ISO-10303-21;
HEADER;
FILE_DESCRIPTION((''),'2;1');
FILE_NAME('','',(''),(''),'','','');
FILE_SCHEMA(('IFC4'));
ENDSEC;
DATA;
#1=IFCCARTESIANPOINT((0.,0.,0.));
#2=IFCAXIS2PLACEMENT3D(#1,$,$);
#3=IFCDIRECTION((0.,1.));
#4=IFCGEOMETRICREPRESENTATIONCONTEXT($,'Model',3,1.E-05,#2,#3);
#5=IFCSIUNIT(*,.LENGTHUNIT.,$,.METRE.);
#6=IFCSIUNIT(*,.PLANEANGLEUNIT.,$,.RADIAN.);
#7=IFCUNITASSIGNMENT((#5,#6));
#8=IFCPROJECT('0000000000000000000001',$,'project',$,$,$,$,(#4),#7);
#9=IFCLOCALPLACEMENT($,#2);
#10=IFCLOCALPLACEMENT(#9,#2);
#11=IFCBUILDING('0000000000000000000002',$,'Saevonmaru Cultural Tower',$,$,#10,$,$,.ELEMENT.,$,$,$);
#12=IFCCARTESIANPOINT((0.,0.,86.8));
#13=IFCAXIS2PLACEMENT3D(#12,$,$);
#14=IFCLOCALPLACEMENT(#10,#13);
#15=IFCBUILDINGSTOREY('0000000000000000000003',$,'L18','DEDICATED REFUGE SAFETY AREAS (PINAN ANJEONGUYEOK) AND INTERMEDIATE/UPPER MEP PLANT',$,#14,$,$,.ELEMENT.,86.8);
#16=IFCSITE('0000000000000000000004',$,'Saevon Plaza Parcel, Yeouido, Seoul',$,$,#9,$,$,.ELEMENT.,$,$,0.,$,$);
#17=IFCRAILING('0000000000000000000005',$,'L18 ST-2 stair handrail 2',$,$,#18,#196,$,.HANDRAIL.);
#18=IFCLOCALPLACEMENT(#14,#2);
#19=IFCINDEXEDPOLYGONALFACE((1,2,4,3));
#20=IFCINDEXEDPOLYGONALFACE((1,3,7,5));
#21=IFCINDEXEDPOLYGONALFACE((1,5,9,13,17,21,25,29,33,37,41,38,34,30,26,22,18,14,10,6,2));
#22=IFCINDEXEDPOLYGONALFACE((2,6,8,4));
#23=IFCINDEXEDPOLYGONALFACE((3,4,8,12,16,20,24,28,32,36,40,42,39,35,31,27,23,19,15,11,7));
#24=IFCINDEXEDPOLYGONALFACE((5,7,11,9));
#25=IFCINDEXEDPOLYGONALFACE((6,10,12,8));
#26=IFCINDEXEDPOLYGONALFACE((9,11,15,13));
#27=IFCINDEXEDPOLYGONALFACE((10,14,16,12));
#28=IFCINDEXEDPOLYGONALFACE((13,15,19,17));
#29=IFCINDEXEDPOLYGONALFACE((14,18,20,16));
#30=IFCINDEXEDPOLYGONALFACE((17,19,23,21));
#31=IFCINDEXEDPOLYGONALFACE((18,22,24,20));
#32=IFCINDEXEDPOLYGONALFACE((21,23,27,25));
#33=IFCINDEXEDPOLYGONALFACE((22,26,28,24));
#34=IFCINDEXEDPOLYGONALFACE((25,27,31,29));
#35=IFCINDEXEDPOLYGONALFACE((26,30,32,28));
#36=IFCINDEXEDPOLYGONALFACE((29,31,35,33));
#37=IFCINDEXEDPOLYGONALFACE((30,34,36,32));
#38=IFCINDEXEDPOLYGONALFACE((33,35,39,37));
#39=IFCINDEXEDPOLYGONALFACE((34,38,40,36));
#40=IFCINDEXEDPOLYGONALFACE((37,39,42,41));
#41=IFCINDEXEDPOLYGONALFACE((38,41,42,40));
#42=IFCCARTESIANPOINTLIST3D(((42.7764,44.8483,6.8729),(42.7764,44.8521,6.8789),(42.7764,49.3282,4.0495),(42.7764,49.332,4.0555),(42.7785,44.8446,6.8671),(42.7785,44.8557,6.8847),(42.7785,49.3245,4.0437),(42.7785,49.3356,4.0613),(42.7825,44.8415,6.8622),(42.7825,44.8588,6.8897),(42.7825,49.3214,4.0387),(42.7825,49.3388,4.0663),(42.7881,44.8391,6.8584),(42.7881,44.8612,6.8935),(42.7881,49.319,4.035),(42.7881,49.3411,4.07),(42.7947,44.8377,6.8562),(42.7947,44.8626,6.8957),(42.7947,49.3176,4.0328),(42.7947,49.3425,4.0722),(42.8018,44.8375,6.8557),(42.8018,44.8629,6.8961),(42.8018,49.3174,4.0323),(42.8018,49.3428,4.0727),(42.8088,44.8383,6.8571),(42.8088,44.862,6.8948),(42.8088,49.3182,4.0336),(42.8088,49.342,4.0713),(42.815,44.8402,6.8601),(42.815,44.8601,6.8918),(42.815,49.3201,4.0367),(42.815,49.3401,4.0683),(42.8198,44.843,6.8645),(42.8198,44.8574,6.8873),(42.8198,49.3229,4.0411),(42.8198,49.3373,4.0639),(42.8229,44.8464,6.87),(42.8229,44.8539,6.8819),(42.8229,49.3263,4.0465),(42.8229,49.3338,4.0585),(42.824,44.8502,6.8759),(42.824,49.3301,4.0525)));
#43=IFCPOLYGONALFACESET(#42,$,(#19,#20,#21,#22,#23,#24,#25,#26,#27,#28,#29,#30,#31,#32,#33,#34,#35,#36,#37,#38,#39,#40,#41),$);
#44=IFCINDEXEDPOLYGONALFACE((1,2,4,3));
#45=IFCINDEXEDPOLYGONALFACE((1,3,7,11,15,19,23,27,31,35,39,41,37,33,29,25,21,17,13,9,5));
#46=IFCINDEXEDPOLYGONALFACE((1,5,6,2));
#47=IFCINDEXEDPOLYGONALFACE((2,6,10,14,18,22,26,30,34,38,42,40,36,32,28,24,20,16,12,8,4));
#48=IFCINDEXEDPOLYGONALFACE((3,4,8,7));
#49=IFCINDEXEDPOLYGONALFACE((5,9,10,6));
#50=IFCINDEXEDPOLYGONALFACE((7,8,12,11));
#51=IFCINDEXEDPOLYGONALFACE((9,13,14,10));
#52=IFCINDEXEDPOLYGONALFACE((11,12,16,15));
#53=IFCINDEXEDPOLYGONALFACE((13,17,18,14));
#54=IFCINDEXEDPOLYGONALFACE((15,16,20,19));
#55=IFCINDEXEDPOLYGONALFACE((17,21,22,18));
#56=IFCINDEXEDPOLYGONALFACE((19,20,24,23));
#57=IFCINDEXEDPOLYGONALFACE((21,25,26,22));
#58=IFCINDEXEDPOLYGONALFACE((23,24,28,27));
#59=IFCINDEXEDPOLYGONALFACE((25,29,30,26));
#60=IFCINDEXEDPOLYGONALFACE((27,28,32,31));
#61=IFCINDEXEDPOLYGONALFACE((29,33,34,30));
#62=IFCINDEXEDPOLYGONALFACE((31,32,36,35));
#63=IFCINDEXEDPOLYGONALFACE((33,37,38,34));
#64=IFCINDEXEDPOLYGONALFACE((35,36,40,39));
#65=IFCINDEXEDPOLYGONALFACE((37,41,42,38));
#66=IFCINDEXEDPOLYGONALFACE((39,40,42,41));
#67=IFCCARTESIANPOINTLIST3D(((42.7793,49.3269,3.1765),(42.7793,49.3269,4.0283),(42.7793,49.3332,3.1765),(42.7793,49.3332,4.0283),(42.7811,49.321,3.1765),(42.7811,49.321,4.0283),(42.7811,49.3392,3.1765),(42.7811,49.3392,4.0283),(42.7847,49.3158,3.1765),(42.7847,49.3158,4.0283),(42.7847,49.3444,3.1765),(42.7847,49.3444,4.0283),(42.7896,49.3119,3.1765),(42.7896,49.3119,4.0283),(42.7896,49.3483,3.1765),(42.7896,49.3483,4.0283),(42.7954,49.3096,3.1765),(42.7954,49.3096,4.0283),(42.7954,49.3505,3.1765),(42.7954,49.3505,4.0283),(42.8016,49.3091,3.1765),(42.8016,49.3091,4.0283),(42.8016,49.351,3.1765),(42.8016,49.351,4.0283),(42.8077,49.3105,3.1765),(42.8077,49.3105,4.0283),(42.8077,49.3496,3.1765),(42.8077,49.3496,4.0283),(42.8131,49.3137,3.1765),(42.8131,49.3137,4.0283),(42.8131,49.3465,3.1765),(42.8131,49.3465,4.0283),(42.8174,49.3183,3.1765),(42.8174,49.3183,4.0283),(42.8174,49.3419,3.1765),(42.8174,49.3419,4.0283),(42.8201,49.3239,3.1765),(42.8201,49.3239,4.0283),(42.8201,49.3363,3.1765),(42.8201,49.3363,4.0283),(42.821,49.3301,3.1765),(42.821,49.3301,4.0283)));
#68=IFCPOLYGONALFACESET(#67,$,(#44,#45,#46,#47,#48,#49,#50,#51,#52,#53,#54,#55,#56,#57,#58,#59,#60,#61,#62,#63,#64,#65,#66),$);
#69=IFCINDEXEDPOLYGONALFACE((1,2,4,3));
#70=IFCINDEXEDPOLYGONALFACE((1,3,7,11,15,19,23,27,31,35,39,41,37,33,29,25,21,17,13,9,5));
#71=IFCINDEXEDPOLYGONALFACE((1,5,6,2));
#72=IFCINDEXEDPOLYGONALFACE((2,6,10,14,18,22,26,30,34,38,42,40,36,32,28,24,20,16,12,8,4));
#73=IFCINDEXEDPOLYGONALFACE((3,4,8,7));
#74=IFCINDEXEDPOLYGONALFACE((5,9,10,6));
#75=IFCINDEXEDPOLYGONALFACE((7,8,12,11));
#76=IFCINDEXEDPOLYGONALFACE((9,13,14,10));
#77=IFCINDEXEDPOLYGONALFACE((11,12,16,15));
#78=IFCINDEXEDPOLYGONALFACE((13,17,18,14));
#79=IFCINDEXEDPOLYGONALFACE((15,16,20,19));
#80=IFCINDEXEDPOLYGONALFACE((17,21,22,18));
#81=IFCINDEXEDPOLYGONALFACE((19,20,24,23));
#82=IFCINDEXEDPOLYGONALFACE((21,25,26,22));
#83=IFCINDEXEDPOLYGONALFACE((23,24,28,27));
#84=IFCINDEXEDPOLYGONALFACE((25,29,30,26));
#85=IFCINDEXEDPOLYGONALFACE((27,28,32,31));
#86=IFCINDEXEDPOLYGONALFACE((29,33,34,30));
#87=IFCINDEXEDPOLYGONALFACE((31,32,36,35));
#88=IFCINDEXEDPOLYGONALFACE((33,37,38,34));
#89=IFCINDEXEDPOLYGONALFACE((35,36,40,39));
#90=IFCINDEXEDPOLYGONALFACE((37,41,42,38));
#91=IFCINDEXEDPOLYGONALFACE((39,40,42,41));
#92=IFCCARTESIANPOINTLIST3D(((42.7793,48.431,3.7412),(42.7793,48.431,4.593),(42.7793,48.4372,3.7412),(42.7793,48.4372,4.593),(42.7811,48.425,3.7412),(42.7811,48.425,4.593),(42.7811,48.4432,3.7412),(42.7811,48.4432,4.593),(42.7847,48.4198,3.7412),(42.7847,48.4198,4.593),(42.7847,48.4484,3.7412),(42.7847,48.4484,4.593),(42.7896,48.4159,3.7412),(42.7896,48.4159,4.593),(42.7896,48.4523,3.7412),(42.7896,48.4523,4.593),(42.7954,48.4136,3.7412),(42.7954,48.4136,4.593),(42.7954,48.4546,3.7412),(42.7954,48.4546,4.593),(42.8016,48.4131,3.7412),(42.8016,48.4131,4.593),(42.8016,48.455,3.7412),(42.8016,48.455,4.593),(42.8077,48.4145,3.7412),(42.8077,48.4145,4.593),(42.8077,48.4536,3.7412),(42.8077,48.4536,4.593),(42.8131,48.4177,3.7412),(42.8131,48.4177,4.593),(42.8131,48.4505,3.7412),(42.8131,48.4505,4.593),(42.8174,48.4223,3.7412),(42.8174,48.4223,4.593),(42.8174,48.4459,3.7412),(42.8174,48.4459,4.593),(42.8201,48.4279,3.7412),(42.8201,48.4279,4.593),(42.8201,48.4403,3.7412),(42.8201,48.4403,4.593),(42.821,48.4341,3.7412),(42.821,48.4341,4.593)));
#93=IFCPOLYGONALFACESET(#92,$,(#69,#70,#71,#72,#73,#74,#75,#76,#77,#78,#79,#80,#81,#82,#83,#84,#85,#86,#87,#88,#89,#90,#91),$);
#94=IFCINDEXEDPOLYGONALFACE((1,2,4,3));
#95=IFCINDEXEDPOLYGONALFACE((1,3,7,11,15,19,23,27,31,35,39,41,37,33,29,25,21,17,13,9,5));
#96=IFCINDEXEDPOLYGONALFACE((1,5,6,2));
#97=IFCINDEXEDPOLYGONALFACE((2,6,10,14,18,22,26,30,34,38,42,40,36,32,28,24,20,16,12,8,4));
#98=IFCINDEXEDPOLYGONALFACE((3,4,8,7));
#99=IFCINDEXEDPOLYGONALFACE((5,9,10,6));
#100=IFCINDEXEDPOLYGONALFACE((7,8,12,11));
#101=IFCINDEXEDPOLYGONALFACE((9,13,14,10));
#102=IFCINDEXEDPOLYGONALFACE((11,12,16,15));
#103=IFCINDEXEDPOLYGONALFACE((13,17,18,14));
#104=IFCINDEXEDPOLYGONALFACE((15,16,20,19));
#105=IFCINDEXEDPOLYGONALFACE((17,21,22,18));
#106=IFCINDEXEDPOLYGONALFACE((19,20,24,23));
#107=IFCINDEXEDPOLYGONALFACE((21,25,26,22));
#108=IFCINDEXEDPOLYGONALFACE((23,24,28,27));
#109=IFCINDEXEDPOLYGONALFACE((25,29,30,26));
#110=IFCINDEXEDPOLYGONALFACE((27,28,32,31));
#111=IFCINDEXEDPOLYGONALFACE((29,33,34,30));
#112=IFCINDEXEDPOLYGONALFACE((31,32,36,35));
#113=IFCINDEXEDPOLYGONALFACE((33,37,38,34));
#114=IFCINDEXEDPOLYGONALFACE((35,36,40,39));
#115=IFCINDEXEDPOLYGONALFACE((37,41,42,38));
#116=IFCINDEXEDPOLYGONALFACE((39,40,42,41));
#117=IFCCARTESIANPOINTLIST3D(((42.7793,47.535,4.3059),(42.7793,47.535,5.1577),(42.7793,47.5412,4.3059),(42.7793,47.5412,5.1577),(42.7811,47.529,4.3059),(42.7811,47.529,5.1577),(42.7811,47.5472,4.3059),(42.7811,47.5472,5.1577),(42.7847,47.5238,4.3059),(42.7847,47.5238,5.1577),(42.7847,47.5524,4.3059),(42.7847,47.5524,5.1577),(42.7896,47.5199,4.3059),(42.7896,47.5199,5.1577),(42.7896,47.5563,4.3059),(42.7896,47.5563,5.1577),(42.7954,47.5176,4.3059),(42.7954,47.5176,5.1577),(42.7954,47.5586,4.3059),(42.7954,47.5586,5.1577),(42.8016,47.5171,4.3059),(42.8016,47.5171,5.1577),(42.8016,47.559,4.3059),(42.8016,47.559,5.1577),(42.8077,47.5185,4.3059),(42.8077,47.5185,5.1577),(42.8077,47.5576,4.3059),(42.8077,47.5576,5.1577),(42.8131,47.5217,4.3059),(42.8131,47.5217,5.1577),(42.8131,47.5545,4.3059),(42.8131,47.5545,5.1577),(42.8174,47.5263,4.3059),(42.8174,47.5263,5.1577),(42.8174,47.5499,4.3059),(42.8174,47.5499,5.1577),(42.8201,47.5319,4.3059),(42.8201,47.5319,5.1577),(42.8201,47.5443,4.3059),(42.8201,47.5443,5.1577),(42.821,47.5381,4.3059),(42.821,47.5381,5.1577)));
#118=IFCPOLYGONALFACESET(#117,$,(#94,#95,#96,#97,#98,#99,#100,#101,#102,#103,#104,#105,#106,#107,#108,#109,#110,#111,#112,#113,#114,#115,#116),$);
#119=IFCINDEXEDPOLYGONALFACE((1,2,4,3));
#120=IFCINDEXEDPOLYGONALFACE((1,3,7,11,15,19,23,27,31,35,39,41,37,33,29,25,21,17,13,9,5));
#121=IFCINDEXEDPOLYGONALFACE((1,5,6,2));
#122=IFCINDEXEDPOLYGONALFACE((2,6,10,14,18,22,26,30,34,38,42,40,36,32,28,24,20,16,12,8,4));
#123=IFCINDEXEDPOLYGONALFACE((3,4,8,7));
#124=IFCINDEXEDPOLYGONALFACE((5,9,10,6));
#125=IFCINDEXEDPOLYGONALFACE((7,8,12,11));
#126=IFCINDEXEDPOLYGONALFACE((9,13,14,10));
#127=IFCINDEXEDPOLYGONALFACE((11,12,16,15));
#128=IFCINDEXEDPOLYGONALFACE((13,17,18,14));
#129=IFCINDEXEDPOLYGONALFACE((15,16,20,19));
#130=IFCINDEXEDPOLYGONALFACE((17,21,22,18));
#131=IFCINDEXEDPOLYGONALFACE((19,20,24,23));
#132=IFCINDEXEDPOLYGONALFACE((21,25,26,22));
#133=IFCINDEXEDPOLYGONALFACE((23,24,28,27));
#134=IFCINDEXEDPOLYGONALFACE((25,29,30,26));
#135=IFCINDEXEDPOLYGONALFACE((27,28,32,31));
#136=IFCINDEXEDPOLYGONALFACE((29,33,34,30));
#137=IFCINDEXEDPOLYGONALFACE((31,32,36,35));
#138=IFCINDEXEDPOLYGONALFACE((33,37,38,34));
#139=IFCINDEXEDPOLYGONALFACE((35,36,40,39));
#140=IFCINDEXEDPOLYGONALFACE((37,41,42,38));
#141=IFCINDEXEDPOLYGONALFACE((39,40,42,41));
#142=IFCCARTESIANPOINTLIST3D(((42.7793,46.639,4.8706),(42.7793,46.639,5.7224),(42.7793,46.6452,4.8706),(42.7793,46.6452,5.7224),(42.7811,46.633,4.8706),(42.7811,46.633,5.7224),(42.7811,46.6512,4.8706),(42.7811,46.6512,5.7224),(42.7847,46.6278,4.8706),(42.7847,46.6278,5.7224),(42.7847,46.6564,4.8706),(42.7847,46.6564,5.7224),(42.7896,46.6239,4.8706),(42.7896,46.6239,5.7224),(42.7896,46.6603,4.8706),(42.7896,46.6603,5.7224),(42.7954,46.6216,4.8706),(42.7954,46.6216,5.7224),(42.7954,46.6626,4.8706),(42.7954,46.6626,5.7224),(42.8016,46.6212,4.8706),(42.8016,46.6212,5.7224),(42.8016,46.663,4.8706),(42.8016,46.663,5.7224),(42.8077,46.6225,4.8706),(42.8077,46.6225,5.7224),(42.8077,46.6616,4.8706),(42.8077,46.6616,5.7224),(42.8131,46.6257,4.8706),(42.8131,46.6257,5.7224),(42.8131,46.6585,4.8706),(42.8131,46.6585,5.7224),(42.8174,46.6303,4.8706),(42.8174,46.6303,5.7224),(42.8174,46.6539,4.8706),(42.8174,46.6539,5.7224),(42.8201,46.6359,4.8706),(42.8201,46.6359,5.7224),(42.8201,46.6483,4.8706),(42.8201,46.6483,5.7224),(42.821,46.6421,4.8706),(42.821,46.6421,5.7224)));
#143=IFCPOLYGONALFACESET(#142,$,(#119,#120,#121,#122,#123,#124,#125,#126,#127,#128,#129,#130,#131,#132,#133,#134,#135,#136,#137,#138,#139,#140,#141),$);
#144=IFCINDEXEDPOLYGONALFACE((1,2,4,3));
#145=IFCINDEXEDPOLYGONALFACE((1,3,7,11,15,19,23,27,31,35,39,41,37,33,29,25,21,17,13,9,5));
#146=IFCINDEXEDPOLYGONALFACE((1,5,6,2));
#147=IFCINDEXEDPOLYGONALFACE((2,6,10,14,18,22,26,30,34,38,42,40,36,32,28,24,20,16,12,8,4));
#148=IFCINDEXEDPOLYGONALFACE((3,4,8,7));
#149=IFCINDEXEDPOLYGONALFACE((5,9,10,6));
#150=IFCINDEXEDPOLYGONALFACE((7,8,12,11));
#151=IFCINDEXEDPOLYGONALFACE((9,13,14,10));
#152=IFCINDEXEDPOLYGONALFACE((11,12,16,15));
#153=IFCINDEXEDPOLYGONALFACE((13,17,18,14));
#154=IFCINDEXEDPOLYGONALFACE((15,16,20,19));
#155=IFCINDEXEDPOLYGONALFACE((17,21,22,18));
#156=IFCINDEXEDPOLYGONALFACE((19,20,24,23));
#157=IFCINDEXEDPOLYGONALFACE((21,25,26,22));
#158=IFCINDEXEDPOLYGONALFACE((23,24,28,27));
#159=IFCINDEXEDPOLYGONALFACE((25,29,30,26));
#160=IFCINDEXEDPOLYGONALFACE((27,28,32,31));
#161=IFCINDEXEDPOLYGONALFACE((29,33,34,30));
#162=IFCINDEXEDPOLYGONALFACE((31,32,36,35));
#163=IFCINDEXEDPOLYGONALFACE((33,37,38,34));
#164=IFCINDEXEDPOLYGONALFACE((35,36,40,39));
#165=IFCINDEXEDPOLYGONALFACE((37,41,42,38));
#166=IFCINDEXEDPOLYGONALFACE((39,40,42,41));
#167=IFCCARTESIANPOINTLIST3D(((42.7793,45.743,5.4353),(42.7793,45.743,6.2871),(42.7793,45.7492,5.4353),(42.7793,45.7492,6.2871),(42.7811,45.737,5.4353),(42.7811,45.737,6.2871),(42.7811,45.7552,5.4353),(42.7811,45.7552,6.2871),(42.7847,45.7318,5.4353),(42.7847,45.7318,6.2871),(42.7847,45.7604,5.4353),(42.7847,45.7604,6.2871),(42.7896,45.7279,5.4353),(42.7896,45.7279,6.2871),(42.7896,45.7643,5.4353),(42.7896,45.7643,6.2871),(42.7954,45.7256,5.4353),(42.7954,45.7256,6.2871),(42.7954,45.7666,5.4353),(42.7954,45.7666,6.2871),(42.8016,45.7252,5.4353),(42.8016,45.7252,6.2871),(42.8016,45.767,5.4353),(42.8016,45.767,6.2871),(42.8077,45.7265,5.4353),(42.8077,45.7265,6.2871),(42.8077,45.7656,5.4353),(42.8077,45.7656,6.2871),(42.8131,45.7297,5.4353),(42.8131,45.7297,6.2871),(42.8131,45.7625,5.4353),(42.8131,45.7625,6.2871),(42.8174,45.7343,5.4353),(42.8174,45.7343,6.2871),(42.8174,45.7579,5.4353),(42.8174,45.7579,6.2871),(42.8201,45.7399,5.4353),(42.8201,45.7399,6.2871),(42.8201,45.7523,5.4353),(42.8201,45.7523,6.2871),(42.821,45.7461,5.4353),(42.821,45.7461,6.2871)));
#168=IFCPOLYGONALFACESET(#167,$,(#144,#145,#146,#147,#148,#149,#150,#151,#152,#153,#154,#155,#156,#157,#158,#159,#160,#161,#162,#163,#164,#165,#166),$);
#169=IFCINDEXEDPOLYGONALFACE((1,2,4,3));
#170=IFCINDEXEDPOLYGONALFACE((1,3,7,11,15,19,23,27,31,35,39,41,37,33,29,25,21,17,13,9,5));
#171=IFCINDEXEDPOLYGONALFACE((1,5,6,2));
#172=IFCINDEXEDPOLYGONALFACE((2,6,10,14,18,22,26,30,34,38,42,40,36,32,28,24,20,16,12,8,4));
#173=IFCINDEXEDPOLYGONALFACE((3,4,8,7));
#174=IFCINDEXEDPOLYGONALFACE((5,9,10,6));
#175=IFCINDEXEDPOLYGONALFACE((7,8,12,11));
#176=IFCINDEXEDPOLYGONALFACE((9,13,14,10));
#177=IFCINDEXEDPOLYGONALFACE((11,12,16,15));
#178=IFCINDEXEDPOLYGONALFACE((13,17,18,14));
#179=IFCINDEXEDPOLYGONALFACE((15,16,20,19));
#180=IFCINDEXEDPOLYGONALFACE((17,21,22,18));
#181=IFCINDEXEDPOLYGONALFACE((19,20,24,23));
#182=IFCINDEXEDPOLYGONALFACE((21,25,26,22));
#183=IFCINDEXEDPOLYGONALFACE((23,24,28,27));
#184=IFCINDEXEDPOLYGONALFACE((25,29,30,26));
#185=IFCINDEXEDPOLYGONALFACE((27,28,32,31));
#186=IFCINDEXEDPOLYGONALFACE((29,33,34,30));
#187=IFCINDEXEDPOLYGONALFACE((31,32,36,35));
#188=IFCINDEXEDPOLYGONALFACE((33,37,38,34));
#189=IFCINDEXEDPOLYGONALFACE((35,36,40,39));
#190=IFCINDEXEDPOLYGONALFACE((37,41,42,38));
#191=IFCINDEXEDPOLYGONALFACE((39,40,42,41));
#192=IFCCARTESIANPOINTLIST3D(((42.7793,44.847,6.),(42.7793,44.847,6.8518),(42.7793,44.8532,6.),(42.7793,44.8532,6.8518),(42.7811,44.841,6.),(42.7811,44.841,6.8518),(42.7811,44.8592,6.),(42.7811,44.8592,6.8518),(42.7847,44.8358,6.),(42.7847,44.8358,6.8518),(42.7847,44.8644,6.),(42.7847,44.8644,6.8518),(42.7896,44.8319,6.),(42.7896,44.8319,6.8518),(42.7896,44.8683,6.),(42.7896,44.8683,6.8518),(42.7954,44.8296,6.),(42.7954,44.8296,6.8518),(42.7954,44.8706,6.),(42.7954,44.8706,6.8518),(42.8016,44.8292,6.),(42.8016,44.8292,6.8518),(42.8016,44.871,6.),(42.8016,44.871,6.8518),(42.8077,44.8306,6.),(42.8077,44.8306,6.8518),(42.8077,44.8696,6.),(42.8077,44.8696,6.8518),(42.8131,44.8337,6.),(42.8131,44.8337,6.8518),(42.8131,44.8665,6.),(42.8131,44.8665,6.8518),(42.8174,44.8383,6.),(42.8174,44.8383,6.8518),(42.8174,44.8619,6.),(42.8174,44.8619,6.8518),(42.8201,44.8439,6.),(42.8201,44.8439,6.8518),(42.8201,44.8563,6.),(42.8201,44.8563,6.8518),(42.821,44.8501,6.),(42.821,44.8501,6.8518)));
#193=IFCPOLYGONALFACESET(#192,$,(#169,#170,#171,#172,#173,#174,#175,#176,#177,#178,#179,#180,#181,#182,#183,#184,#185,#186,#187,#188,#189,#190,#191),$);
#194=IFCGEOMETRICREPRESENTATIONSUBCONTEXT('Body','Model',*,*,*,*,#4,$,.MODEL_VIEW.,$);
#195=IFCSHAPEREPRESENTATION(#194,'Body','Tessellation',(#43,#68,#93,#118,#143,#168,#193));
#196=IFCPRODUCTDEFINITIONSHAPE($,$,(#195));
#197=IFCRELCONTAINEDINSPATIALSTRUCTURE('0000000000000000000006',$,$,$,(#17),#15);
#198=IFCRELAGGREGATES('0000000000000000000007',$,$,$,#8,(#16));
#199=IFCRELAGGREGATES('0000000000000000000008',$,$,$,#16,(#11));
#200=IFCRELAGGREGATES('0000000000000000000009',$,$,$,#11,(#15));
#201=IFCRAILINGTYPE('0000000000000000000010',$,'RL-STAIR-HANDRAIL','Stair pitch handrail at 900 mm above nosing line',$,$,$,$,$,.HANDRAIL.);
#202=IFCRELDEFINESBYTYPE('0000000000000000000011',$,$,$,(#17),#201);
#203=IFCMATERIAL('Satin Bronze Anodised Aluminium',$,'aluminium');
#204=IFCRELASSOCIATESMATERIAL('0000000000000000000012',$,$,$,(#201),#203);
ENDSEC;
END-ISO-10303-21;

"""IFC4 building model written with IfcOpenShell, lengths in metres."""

from ifc_helpers import new_model, si_unit, direction, frame, origin, origin_2d, place, context, subcontext, project, spatial, circle, extrude, material, type_object, element, save


model = new_model("IFC4")

# Units and contexts
model_context = context("Model", 3, precision=1e-05, world=origin(), true_north=direction((0.0, 1.0)))
body_context = subcontext(model_context, "Body", "Model", "MODEL_VIEW")
ifc_project = project(units=[si_unit("LENGTHUNIT", "METRE"), si_unit("PLANEANGLEUNIT", "RADIAN")], contexts=[model_context])

# Site, building, storey
site_placement = place(None, origin())
site = spatial("IfcSite", under=ifc_project, at=site_placement, Name="Saevon Plaza Parcel, Yeouido, Seoul", CompositionType="ELEMENT", RefElevation=0.0)
building_placement = place(site_placement, origin())
building = spatial("IfcBuilding", under=site, at=building_placement, Name="Saevonmaru Cultural Tower", CompositionType="ELEMENT")
storey_placement = place(building_placement, frame((0.0, 0.0, 86.8)))
storey = spatial("IfcBuildingStorey", under=building, at=storey_placement, Name="L18", Description="DEDICATED REFUGE SAFETY AREAS (PINAN ANJEONGUYEOK) AND INTERMEDIATE/UPPER MEP PLANT", CompositionType="ELEMENT", Elevation=86.8)

# Shared definitions
ifc_material_1 = material(Name="Satin Bronze Anodised Aluminium", Category="aluminium")

# Railing
railing_type_1 = type_object("IfcRailingType", Name="RL-STAIR-HANDRAIL", Description="Stair pitch handrail at 900 mm above nosing line", PredefinedType="HANDRAIL", material=ifc_material_1)
railing_1_placement = place(storey_placement, frame((42.8, 49.3301, 3.1765)))
element("IfcRailing", 1, at=railing_1_placement, inside=storey, type_object=railing_type_1, Name="L18 ST-2 stair handrail 2", PredefinedType="HANDRAIL", context=body_context, shape_type="SweptSolid", body=[
    extrude(circle(Radius=0.0239, at=origin_2d()), frame((0.0, 0.0, 0.876), z_axis=(0.0, -0.845998, 0.533186), x_axis=(1.0, 0.0, 0.0)), (0.0, 0.0, 1.0), 5.2954),
    extrude(circle(Radius=0.021, at=origin_2d()), origin(), (0.0, 0.0, 1.0), 0.8518),
    extrude(circle(Radius=0.021, at=origin_2d()), frame((0.0, -0.896, 0.5647)), (0.0, 0.0, 1.0), 0.8518),
    extrude(circle(Radius=0.021, at=origin_2d()), frame((0.0, -1.792, 1.1294)), (0.0, 0.0, 1.0), 0.8518),
    extrude(circle(Radius=0.021, at=origin_2d()), frame((0.0, -2.688, 1.6941)), (0.0, 0.0, 1.0), 0.8518),
    extrude(circle(Radius=0.021, at=origin_2d()), frame((0.0, -3.584, 2.2588)), (0.0, 0.0, 1.0), 0.8518),
    extrude(circle(Radius=0.021, at=origin_2d()), frame((0.0, -4.48, 2.8235)), (0.0, 0.0, 1.0), 0.8518),
])

save(model, "model.ifc")
